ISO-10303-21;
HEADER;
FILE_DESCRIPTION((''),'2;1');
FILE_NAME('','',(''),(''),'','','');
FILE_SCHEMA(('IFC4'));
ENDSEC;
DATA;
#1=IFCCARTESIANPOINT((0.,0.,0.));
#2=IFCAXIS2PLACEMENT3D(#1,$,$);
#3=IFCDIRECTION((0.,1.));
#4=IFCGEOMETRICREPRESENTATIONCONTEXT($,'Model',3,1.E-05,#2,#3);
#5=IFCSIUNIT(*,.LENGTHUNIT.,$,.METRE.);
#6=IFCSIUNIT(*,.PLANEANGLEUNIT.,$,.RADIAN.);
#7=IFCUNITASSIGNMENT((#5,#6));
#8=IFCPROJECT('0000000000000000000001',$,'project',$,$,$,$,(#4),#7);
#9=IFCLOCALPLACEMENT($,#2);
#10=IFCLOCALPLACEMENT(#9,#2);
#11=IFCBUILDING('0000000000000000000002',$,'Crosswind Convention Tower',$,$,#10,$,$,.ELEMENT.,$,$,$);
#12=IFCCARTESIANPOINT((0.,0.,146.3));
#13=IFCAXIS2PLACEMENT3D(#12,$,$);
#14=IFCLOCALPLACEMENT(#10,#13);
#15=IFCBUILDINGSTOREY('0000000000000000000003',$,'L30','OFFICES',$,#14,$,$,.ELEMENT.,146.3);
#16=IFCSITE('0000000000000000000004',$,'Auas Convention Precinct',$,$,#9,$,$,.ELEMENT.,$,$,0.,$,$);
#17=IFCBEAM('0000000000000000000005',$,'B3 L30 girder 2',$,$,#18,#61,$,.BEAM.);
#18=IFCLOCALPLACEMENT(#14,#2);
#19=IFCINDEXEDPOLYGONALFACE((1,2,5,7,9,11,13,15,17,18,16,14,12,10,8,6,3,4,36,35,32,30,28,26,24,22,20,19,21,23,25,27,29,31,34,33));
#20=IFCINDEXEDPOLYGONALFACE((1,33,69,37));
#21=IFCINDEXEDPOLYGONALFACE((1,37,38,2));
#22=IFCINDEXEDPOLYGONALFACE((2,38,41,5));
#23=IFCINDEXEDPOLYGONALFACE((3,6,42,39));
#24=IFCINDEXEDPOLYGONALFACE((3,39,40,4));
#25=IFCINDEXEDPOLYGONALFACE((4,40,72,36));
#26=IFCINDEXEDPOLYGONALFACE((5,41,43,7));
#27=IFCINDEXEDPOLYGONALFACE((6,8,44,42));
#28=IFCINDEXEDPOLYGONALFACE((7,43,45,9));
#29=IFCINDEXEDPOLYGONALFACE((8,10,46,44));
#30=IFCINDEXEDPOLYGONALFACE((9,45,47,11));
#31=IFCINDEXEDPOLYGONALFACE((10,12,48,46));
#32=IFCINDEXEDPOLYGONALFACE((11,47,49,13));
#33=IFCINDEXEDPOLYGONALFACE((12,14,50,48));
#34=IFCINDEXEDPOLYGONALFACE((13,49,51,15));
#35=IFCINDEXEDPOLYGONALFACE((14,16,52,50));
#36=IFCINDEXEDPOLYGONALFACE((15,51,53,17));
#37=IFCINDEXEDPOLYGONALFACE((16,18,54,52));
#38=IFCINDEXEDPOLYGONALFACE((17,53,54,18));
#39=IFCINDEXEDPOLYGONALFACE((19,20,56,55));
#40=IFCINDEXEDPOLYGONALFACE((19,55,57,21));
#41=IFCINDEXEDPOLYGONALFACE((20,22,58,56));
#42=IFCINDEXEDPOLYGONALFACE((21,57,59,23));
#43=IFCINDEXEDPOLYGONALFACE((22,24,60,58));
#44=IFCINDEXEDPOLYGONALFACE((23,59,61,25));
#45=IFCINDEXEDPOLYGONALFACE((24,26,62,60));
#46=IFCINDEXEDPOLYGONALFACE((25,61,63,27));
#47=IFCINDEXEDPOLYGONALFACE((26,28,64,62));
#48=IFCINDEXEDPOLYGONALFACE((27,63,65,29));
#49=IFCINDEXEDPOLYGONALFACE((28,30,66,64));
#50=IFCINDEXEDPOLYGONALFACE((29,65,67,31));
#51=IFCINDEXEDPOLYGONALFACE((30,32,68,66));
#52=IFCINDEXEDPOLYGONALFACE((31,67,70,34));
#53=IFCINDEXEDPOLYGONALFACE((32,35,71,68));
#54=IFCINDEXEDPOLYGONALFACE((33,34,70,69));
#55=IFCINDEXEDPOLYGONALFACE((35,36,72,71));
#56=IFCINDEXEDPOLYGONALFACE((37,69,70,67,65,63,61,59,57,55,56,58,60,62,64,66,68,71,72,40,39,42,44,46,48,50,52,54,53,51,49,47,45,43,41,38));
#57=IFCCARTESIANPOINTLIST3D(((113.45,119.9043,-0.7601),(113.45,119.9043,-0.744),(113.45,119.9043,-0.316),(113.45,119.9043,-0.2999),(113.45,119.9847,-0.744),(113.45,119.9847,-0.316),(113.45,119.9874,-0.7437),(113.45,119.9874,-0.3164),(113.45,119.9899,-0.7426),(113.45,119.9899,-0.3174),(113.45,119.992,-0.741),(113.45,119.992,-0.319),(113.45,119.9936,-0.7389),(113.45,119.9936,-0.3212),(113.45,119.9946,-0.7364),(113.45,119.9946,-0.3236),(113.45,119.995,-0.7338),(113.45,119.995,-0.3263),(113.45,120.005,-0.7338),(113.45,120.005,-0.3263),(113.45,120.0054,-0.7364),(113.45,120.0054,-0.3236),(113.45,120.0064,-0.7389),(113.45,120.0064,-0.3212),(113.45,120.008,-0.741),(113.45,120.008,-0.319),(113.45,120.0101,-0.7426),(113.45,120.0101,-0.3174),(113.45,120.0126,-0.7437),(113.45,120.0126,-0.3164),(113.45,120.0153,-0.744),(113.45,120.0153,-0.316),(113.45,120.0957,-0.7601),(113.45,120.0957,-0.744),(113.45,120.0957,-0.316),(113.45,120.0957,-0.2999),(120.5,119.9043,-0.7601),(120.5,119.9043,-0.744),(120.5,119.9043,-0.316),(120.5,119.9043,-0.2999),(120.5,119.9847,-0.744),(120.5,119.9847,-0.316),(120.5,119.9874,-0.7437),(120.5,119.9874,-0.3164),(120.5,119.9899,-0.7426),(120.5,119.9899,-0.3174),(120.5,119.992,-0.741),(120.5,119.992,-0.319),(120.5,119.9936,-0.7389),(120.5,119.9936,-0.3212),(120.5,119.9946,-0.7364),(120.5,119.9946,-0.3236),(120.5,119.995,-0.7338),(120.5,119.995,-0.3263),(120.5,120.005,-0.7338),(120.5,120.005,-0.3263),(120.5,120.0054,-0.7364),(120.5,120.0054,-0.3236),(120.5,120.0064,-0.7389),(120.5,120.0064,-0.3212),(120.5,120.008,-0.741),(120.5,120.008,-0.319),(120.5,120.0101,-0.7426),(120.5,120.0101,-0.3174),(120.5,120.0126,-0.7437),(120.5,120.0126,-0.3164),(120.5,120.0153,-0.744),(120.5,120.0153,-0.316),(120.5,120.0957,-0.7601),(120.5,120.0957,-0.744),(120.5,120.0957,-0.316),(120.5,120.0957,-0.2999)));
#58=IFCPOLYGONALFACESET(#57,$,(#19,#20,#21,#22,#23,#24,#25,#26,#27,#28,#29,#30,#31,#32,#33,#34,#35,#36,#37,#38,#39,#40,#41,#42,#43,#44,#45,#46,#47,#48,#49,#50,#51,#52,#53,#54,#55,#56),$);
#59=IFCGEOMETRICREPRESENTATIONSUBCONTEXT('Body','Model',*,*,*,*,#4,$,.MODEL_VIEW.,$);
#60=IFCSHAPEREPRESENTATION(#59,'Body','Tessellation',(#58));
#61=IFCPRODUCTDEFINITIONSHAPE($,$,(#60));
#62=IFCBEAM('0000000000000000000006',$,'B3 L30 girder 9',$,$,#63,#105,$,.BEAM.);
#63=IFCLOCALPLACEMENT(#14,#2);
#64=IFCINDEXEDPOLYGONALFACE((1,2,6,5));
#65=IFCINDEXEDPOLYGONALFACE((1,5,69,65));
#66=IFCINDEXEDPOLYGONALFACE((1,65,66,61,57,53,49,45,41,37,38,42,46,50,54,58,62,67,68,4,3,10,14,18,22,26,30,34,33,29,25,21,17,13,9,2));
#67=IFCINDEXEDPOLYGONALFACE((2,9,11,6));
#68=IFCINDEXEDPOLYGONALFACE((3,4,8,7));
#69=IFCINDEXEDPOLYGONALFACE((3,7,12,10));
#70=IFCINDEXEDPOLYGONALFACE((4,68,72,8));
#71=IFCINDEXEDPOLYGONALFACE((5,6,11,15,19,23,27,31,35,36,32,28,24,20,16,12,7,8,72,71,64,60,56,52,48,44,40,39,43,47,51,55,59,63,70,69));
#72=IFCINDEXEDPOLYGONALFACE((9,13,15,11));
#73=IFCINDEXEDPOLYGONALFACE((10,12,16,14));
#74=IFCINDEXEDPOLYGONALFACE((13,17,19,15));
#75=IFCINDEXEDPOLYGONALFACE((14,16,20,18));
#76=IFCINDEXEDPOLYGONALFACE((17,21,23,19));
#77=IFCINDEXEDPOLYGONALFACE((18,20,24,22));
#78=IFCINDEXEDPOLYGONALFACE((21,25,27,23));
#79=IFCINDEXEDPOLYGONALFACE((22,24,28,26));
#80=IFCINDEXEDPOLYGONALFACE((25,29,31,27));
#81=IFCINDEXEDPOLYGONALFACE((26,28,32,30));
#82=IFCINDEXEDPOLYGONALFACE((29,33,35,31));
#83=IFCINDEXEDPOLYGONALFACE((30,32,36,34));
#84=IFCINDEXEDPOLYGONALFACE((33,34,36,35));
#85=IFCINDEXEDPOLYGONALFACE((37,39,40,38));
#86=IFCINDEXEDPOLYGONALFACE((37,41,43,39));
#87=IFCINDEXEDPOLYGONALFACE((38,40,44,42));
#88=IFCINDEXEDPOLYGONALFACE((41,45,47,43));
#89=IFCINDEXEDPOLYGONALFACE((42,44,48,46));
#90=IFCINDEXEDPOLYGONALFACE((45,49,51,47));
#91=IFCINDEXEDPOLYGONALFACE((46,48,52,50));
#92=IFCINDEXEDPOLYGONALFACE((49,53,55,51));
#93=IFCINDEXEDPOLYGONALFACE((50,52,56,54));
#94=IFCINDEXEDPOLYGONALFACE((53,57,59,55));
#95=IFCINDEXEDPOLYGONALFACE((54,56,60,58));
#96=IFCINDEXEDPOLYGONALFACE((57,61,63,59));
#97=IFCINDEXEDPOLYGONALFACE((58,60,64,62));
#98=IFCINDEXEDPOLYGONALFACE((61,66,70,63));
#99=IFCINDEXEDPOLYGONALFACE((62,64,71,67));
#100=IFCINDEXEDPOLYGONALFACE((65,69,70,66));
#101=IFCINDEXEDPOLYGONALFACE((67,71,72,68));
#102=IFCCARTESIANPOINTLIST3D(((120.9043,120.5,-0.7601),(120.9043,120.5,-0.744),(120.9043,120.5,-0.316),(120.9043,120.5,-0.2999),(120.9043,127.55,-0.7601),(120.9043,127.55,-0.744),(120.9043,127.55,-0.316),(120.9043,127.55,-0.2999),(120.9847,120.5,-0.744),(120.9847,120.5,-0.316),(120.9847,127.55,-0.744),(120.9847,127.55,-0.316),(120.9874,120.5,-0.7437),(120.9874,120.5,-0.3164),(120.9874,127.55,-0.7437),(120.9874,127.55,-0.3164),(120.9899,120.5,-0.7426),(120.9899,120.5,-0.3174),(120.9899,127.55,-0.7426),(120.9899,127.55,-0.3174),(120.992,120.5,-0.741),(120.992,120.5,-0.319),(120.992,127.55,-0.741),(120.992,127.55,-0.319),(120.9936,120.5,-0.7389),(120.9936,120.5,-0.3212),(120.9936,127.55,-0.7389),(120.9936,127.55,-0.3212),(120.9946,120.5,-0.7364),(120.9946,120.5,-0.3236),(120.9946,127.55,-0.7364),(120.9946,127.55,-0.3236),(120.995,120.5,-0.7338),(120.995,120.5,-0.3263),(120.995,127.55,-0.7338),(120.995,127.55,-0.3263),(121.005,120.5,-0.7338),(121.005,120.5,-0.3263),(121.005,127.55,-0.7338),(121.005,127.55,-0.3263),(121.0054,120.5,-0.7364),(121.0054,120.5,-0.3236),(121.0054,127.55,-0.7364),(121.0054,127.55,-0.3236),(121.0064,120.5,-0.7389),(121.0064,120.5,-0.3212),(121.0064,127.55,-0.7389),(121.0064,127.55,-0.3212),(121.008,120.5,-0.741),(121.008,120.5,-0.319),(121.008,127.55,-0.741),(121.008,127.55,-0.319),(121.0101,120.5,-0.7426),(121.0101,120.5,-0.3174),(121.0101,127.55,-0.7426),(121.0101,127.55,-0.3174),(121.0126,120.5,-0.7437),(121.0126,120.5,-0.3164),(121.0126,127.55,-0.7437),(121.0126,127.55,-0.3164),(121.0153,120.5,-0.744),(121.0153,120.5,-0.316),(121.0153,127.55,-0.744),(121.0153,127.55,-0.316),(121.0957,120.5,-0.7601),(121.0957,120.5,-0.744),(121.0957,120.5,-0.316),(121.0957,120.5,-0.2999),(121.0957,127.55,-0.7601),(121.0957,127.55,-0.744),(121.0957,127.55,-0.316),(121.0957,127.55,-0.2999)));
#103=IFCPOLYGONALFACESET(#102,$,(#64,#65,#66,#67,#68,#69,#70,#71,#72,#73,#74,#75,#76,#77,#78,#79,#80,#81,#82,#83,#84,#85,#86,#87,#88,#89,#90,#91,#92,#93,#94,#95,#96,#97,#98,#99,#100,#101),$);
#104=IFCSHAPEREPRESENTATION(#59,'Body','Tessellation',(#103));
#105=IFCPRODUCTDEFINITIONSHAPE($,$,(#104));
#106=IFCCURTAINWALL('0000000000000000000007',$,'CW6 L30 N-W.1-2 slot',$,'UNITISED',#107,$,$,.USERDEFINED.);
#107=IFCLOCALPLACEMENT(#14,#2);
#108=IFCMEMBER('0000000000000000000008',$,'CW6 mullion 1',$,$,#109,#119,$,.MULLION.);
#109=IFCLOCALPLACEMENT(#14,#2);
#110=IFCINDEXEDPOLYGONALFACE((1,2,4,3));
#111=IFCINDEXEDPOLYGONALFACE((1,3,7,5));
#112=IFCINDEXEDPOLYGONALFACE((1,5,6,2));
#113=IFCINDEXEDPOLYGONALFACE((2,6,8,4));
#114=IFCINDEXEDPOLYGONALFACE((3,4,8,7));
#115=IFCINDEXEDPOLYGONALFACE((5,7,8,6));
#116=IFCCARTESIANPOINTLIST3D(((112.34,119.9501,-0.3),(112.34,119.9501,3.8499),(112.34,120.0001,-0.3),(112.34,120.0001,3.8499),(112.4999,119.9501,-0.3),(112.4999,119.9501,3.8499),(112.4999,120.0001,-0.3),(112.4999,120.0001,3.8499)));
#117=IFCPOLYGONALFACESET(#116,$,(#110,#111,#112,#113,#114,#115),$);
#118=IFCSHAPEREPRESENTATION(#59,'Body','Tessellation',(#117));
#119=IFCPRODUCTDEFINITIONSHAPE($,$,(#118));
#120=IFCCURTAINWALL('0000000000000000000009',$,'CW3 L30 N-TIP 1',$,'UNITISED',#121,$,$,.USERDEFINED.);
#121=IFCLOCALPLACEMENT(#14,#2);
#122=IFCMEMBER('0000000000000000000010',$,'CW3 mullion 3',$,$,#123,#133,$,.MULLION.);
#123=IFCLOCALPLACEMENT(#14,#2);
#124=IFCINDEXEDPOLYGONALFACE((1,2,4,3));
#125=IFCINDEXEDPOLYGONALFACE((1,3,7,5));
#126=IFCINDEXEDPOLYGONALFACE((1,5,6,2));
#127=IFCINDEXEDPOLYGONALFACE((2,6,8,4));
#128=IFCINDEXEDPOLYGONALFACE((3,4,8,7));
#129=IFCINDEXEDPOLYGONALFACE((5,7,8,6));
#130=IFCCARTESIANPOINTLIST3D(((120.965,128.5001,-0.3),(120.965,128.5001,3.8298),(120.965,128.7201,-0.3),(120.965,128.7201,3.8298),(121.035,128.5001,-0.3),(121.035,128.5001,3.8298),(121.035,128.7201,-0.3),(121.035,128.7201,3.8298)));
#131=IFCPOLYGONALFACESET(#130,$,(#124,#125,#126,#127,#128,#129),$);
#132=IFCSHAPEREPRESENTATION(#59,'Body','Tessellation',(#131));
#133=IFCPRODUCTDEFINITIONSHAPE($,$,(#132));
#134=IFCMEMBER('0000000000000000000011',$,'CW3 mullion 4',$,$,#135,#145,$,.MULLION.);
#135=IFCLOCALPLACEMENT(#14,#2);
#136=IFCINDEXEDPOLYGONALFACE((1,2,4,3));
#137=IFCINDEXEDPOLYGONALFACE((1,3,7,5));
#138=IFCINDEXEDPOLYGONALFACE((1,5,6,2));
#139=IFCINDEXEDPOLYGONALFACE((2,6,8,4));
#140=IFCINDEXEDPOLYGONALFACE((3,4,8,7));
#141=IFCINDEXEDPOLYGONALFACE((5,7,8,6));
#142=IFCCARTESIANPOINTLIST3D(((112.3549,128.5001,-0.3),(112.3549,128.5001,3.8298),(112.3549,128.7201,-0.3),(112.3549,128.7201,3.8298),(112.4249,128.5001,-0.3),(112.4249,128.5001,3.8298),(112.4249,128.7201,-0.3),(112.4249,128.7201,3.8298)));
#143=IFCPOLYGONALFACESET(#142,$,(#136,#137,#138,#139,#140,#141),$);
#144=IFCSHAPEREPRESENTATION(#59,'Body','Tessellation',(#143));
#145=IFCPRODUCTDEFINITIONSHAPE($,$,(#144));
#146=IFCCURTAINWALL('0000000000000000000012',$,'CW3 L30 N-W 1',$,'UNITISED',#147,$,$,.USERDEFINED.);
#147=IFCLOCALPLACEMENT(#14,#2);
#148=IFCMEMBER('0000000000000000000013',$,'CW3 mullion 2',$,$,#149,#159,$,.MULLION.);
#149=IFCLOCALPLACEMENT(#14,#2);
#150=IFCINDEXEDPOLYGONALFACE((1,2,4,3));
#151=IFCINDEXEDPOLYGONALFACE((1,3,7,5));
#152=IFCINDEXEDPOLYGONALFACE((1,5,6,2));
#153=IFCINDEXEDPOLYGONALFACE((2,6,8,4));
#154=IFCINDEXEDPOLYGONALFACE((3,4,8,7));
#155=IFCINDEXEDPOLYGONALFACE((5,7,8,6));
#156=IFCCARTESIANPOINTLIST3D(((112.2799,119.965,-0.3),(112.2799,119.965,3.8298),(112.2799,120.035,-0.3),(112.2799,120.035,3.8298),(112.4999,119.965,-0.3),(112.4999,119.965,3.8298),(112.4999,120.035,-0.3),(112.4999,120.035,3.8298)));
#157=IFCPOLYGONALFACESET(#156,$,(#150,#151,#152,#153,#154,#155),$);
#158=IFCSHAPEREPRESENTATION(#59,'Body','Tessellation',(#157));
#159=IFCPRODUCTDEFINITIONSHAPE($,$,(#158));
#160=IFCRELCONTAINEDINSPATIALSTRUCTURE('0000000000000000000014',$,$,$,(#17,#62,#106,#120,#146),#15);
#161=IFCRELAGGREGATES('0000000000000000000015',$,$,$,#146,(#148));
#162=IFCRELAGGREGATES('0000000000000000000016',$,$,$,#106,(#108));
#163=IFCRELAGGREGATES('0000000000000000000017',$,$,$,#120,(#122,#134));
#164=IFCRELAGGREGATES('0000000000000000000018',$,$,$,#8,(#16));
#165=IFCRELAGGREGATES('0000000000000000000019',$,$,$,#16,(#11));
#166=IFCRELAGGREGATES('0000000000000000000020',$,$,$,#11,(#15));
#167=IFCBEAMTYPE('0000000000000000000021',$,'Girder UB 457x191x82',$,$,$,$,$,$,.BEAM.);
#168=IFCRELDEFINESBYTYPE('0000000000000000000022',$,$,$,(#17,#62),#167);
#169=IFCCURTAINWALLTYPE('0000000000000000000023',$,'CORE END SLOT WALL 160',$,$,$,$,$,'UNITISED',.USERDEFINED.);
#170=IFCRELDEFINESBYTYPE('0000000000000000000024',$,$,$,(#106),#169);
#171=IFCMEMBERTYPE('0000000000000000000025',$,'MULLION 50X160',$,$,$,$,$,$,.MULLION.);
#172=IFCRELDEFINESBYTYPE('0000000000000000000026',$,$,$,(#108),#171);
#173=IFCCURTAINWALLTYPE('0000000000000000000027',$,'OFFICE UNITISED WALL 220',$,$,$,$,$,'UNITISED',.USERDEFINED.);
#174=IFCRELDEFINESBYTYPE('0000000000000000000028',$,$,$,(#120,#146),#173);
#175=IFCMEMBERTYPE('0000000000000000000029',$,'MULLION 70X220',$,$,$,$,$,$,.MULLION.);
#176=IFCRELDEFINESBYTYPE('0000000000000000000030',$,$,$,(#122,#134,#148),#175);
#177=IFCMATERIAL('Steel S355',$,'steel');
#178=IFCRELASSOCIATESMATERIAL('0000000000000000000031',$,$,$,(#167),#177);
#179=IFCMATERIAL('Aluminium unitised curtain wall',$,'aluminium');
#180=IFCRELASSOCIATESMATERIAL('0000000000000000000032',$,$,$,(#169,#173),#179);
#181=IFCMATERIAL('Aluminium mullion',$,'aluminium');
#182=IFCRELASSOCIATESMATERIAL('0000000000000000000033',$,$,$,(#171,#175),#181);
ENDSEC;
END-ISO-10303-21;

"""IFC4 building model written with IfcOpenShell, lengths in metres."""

from ifc_helpers import new_model, si_unit, direction, frame, origin, origin_2d, place, context, subcontext, project, spatial, rectangle, i_section, extrude, material, material_profile, profile_set, type_object, element, aggregate, save


model = new_model("IFC4")

# Units and contexts
model_context = context("Model", 3, precision=1e-05, world=origin(), true_north=direction((0.0, 1.0)))
body_context = subcontext(model_context, "Body", "Model", "MODEL_VIEW")
ifc_project = project(units=[si_unit("LENGTHUNIT", "METRE"), si_unit("PLANEANGLEUNIT", "RADIAN")], contexts=[model_context])

# Site, building, storey
site_placement = place(None, origin())
site = spatial("IfcSite", under=ifc_project, at=site_placement, Name="Auas Convention Precinct", CompositionType="ELEMENT", RefElevation=0.0)
building_placement = place(site_placement, origin())
building = spatial("IfcBuilding", under=site, at=building_placement, Name="Crosswind Convention Tower", CompositionType="ELEMENT")
storey_placement = place(building_placement, frame((0.0, 0.0, 146.3)))
storey = spatial("IfcBuildingStorey", under=building, at=storey_placement, Name="L30", Description="OFFICES", CompositionType="ELEMENT", Elevation=146.3)

# Beams
ifc_material_1 = material(Name="Steel S355", Category="steel")
ifc_material_profile_1 = material_profile(ifc_material_1, i_section(OverallWidth=0.1914, OverallDepth=0.4602, WebThickness=0.01, FlangeThickness=0.0161, FilletRadius=0.0103, at=origin_2d()), Name="UB 457x191x82")
ifc_profile_set_1 = profile_set([ifc_material_profile_1], Name="Steel S355")
beam_type_1 = type_object("IfcBeamType", Name="Girder UB 457x191x82", PredefinedType="BEAM", material=ifc_profile_set_1)
for number, where, z_axis, x_axis, name in (
    (1, (113.45, 120.0, -0.53), (1.0, 0.0, 0.0), (0.0, 1.0, 0.0), "B3 L30 girder 2"),
    (2, (121.0, 120.5, -0.53), (0.0, 1.0, 0.0), (-1.0, 0.0, 0.0), "B3 L30 girder 9"),
):
    element("IfcBeam", number, at=place(storey_placement, frame(where, z_axis=z_axis, x_axis=x_axis)), inside=storey, type_object=beam_type_1, Name=name, PredefinedType="BEAM", context=body_context, shape_type="SweptSolid", body=[
        extrude(i_section(OverallWidth=0.1914, OverallDepth=0.4602, WebThickness=0.01, FlangeThickness=0.0161, FilletRadius=0.0103, at=origin_2d()), origin(), (0.0, 0.0, 1.0), 7.05),
    ])

# Curtain wall, member
ifc_material_2 = material(Name="Aluminium unitised curtain wall", Category="aluminium")
curtain_wall_type_1 = type_object("IfcCurtainWallType", Name="CORE END SLOT WALL 160", ElementType="UNITISED", PredefinedType="USERDEFINED", material=ifc_material_2)
curtain_wall_1_placement = place(storey_placement, origin())
curtain_wall_1 = element("IfcCurtainWall", 3, at=curtain_wall_1_placement, inside=storey, type_object=curtain_wall_type_1, Name="CW6 L30 N-W.1-2 slot", ObjectType="UNITISED", PredefinedType="USERDEFINED")
ifc_material_3 = material(Name="Aluminium mullion", Category="aluminium")
ifc_material_profile_2 = material_profile(ifc_material_3, rectangle(XDim=0.1599, YDim=0.05, at=origin_2d()), Name="AL 160X50")
ifc_profile_set_2 = profile_set([ifc_material_profile_2], Name="Aluminium mullion")
member_type_1 = type_object("IfcMemberType", Name="MULLION 50X160", PredefinedType="MULLION", material=ifc_profile_set_2)
member_1_placement = place(storey_placement, frame((112.4199, 119.9751, -0.3), z_axis=(0.0, 0.0, 1.0), x_axis=(-1.0, 0.0, 0.0)))
member_1 = element("IfcMember", 4, at=member_1_placement, type_object=member_type_1, Name="CW6 mullion 1", PredefinedType="MULLION", context=body_context, shape_type="SweptSolid", body=[
    extrude(rectangle(XDim=0.1599, YDim=0.05, at=origin_2d()), origin(), (0.0, 0.0, 1.0), 4.1499),
])

# Curtain wall, members
curtain_wall_type_2 = type_object("IfcCurtainWallType", Name="OFFICE UNITISED WALL 220", ElementType="UNITISED", PredefinedType="USERDEFINED", material=ifc_material_2)
curtain_wall_2_placement = place(storey_placement, origin())
curtain_wall_2 = element("IfcCurtainWall", 5, at=curtain_wall_2_placement, inside=storey, type_object=curtain_wall_type_2, Name="CW3 L30 N-TIP 1", ObjectType="UNITISED", PredefinedType="USERDEFINED")
ifc_material_profile_3 = material_profile(ifc_material_3, rectangle(XDim=0.22, YDim=0.0701, at=origin_2d()), Name="AL 220X70")
ifc_profile_set_3 = profile_set([ifc_material_profile_3], Name="Aluminium mullion")
member_type_2 = type_object("IfcMemberType", Name="MULLION 70X220", PredefinedType="MULLION", material=ifc_profile_set_3)
member_2_placement = place(storey_placement, frame((121.0, 128.6101, -0.3), z_axis=(0.0, 0.0, 1.0), x_axis=(0.0, 1.0, 0.0)))
member_2 = element("IfcMember", 6, at=member_2_placement, type_object=member_type_2, Name="CW3 mullion 3", PredefinedType="MULLION", context=body_context, shape_type="SweptSolid", body=[
    extrude(rectangle(XDim=0.22, YDim=0.0701, at=origin_2d()), origin(), (0.0, 0.0, 1.0), 4.1299),
])
member_3_placement = place(storey_placement, frame((112.3899, 128.6101, -0.3), z_axis=(0.0, 0.0, 1.0), x_axis=(0.0, 1.0, 0.0)))
member_3 = element("IfcMember", 7, at=member_3_placement, type_object=member_type_2, Name="CW3 mullion 4", PredefinedType="MULLION", context=body_context, shape_type="SweptSolid", body=[
    extrude(rectangle(XDim=0.22, YDim=0.0701, at=origin_2d()), origin(), (0.0, 0.0, 1.0), 4.1299),
])

# Curtain wall, member
curtain_wall_3_placement = place(storey_placement, origin())
curtain_wall_3 = element("IfcCurtainWall", 8, at=curtain_wall_3_placement, inside=storey, type_object=curtain_wall_type_2, Name="CW3 L30 N-W 1", ObjectType="UNITISED", PredefinedType="USERDEFINED")
member_4_placement = place(storey_placement, frame((112.3899, 120.0, -0.3), z_axis=(0.0, 0.0, 1.0), x_axis=(-1.0, 0.0, 0.0)))
member_4 = element("IfcMember", 9, at=member_4_placement, type_object=member_type_2, Name="CW3 mullion 2", PredefinedType="MULLION", context=body_context, shape_type="SweptSolid", body=[
    extrude(rectangle(XDim=0.22, YDim=0.0701, at=origin_2d()), origin(), (0.0, 0.0, 1.0), 4.1299),
])

aggregate(curtain_wall_3, [member_4])

aggregate(curtain_wall_1, [member_1])
aggregate(curtain_wall_2, [member_2, member_3])

save(model, "model.ifc")
